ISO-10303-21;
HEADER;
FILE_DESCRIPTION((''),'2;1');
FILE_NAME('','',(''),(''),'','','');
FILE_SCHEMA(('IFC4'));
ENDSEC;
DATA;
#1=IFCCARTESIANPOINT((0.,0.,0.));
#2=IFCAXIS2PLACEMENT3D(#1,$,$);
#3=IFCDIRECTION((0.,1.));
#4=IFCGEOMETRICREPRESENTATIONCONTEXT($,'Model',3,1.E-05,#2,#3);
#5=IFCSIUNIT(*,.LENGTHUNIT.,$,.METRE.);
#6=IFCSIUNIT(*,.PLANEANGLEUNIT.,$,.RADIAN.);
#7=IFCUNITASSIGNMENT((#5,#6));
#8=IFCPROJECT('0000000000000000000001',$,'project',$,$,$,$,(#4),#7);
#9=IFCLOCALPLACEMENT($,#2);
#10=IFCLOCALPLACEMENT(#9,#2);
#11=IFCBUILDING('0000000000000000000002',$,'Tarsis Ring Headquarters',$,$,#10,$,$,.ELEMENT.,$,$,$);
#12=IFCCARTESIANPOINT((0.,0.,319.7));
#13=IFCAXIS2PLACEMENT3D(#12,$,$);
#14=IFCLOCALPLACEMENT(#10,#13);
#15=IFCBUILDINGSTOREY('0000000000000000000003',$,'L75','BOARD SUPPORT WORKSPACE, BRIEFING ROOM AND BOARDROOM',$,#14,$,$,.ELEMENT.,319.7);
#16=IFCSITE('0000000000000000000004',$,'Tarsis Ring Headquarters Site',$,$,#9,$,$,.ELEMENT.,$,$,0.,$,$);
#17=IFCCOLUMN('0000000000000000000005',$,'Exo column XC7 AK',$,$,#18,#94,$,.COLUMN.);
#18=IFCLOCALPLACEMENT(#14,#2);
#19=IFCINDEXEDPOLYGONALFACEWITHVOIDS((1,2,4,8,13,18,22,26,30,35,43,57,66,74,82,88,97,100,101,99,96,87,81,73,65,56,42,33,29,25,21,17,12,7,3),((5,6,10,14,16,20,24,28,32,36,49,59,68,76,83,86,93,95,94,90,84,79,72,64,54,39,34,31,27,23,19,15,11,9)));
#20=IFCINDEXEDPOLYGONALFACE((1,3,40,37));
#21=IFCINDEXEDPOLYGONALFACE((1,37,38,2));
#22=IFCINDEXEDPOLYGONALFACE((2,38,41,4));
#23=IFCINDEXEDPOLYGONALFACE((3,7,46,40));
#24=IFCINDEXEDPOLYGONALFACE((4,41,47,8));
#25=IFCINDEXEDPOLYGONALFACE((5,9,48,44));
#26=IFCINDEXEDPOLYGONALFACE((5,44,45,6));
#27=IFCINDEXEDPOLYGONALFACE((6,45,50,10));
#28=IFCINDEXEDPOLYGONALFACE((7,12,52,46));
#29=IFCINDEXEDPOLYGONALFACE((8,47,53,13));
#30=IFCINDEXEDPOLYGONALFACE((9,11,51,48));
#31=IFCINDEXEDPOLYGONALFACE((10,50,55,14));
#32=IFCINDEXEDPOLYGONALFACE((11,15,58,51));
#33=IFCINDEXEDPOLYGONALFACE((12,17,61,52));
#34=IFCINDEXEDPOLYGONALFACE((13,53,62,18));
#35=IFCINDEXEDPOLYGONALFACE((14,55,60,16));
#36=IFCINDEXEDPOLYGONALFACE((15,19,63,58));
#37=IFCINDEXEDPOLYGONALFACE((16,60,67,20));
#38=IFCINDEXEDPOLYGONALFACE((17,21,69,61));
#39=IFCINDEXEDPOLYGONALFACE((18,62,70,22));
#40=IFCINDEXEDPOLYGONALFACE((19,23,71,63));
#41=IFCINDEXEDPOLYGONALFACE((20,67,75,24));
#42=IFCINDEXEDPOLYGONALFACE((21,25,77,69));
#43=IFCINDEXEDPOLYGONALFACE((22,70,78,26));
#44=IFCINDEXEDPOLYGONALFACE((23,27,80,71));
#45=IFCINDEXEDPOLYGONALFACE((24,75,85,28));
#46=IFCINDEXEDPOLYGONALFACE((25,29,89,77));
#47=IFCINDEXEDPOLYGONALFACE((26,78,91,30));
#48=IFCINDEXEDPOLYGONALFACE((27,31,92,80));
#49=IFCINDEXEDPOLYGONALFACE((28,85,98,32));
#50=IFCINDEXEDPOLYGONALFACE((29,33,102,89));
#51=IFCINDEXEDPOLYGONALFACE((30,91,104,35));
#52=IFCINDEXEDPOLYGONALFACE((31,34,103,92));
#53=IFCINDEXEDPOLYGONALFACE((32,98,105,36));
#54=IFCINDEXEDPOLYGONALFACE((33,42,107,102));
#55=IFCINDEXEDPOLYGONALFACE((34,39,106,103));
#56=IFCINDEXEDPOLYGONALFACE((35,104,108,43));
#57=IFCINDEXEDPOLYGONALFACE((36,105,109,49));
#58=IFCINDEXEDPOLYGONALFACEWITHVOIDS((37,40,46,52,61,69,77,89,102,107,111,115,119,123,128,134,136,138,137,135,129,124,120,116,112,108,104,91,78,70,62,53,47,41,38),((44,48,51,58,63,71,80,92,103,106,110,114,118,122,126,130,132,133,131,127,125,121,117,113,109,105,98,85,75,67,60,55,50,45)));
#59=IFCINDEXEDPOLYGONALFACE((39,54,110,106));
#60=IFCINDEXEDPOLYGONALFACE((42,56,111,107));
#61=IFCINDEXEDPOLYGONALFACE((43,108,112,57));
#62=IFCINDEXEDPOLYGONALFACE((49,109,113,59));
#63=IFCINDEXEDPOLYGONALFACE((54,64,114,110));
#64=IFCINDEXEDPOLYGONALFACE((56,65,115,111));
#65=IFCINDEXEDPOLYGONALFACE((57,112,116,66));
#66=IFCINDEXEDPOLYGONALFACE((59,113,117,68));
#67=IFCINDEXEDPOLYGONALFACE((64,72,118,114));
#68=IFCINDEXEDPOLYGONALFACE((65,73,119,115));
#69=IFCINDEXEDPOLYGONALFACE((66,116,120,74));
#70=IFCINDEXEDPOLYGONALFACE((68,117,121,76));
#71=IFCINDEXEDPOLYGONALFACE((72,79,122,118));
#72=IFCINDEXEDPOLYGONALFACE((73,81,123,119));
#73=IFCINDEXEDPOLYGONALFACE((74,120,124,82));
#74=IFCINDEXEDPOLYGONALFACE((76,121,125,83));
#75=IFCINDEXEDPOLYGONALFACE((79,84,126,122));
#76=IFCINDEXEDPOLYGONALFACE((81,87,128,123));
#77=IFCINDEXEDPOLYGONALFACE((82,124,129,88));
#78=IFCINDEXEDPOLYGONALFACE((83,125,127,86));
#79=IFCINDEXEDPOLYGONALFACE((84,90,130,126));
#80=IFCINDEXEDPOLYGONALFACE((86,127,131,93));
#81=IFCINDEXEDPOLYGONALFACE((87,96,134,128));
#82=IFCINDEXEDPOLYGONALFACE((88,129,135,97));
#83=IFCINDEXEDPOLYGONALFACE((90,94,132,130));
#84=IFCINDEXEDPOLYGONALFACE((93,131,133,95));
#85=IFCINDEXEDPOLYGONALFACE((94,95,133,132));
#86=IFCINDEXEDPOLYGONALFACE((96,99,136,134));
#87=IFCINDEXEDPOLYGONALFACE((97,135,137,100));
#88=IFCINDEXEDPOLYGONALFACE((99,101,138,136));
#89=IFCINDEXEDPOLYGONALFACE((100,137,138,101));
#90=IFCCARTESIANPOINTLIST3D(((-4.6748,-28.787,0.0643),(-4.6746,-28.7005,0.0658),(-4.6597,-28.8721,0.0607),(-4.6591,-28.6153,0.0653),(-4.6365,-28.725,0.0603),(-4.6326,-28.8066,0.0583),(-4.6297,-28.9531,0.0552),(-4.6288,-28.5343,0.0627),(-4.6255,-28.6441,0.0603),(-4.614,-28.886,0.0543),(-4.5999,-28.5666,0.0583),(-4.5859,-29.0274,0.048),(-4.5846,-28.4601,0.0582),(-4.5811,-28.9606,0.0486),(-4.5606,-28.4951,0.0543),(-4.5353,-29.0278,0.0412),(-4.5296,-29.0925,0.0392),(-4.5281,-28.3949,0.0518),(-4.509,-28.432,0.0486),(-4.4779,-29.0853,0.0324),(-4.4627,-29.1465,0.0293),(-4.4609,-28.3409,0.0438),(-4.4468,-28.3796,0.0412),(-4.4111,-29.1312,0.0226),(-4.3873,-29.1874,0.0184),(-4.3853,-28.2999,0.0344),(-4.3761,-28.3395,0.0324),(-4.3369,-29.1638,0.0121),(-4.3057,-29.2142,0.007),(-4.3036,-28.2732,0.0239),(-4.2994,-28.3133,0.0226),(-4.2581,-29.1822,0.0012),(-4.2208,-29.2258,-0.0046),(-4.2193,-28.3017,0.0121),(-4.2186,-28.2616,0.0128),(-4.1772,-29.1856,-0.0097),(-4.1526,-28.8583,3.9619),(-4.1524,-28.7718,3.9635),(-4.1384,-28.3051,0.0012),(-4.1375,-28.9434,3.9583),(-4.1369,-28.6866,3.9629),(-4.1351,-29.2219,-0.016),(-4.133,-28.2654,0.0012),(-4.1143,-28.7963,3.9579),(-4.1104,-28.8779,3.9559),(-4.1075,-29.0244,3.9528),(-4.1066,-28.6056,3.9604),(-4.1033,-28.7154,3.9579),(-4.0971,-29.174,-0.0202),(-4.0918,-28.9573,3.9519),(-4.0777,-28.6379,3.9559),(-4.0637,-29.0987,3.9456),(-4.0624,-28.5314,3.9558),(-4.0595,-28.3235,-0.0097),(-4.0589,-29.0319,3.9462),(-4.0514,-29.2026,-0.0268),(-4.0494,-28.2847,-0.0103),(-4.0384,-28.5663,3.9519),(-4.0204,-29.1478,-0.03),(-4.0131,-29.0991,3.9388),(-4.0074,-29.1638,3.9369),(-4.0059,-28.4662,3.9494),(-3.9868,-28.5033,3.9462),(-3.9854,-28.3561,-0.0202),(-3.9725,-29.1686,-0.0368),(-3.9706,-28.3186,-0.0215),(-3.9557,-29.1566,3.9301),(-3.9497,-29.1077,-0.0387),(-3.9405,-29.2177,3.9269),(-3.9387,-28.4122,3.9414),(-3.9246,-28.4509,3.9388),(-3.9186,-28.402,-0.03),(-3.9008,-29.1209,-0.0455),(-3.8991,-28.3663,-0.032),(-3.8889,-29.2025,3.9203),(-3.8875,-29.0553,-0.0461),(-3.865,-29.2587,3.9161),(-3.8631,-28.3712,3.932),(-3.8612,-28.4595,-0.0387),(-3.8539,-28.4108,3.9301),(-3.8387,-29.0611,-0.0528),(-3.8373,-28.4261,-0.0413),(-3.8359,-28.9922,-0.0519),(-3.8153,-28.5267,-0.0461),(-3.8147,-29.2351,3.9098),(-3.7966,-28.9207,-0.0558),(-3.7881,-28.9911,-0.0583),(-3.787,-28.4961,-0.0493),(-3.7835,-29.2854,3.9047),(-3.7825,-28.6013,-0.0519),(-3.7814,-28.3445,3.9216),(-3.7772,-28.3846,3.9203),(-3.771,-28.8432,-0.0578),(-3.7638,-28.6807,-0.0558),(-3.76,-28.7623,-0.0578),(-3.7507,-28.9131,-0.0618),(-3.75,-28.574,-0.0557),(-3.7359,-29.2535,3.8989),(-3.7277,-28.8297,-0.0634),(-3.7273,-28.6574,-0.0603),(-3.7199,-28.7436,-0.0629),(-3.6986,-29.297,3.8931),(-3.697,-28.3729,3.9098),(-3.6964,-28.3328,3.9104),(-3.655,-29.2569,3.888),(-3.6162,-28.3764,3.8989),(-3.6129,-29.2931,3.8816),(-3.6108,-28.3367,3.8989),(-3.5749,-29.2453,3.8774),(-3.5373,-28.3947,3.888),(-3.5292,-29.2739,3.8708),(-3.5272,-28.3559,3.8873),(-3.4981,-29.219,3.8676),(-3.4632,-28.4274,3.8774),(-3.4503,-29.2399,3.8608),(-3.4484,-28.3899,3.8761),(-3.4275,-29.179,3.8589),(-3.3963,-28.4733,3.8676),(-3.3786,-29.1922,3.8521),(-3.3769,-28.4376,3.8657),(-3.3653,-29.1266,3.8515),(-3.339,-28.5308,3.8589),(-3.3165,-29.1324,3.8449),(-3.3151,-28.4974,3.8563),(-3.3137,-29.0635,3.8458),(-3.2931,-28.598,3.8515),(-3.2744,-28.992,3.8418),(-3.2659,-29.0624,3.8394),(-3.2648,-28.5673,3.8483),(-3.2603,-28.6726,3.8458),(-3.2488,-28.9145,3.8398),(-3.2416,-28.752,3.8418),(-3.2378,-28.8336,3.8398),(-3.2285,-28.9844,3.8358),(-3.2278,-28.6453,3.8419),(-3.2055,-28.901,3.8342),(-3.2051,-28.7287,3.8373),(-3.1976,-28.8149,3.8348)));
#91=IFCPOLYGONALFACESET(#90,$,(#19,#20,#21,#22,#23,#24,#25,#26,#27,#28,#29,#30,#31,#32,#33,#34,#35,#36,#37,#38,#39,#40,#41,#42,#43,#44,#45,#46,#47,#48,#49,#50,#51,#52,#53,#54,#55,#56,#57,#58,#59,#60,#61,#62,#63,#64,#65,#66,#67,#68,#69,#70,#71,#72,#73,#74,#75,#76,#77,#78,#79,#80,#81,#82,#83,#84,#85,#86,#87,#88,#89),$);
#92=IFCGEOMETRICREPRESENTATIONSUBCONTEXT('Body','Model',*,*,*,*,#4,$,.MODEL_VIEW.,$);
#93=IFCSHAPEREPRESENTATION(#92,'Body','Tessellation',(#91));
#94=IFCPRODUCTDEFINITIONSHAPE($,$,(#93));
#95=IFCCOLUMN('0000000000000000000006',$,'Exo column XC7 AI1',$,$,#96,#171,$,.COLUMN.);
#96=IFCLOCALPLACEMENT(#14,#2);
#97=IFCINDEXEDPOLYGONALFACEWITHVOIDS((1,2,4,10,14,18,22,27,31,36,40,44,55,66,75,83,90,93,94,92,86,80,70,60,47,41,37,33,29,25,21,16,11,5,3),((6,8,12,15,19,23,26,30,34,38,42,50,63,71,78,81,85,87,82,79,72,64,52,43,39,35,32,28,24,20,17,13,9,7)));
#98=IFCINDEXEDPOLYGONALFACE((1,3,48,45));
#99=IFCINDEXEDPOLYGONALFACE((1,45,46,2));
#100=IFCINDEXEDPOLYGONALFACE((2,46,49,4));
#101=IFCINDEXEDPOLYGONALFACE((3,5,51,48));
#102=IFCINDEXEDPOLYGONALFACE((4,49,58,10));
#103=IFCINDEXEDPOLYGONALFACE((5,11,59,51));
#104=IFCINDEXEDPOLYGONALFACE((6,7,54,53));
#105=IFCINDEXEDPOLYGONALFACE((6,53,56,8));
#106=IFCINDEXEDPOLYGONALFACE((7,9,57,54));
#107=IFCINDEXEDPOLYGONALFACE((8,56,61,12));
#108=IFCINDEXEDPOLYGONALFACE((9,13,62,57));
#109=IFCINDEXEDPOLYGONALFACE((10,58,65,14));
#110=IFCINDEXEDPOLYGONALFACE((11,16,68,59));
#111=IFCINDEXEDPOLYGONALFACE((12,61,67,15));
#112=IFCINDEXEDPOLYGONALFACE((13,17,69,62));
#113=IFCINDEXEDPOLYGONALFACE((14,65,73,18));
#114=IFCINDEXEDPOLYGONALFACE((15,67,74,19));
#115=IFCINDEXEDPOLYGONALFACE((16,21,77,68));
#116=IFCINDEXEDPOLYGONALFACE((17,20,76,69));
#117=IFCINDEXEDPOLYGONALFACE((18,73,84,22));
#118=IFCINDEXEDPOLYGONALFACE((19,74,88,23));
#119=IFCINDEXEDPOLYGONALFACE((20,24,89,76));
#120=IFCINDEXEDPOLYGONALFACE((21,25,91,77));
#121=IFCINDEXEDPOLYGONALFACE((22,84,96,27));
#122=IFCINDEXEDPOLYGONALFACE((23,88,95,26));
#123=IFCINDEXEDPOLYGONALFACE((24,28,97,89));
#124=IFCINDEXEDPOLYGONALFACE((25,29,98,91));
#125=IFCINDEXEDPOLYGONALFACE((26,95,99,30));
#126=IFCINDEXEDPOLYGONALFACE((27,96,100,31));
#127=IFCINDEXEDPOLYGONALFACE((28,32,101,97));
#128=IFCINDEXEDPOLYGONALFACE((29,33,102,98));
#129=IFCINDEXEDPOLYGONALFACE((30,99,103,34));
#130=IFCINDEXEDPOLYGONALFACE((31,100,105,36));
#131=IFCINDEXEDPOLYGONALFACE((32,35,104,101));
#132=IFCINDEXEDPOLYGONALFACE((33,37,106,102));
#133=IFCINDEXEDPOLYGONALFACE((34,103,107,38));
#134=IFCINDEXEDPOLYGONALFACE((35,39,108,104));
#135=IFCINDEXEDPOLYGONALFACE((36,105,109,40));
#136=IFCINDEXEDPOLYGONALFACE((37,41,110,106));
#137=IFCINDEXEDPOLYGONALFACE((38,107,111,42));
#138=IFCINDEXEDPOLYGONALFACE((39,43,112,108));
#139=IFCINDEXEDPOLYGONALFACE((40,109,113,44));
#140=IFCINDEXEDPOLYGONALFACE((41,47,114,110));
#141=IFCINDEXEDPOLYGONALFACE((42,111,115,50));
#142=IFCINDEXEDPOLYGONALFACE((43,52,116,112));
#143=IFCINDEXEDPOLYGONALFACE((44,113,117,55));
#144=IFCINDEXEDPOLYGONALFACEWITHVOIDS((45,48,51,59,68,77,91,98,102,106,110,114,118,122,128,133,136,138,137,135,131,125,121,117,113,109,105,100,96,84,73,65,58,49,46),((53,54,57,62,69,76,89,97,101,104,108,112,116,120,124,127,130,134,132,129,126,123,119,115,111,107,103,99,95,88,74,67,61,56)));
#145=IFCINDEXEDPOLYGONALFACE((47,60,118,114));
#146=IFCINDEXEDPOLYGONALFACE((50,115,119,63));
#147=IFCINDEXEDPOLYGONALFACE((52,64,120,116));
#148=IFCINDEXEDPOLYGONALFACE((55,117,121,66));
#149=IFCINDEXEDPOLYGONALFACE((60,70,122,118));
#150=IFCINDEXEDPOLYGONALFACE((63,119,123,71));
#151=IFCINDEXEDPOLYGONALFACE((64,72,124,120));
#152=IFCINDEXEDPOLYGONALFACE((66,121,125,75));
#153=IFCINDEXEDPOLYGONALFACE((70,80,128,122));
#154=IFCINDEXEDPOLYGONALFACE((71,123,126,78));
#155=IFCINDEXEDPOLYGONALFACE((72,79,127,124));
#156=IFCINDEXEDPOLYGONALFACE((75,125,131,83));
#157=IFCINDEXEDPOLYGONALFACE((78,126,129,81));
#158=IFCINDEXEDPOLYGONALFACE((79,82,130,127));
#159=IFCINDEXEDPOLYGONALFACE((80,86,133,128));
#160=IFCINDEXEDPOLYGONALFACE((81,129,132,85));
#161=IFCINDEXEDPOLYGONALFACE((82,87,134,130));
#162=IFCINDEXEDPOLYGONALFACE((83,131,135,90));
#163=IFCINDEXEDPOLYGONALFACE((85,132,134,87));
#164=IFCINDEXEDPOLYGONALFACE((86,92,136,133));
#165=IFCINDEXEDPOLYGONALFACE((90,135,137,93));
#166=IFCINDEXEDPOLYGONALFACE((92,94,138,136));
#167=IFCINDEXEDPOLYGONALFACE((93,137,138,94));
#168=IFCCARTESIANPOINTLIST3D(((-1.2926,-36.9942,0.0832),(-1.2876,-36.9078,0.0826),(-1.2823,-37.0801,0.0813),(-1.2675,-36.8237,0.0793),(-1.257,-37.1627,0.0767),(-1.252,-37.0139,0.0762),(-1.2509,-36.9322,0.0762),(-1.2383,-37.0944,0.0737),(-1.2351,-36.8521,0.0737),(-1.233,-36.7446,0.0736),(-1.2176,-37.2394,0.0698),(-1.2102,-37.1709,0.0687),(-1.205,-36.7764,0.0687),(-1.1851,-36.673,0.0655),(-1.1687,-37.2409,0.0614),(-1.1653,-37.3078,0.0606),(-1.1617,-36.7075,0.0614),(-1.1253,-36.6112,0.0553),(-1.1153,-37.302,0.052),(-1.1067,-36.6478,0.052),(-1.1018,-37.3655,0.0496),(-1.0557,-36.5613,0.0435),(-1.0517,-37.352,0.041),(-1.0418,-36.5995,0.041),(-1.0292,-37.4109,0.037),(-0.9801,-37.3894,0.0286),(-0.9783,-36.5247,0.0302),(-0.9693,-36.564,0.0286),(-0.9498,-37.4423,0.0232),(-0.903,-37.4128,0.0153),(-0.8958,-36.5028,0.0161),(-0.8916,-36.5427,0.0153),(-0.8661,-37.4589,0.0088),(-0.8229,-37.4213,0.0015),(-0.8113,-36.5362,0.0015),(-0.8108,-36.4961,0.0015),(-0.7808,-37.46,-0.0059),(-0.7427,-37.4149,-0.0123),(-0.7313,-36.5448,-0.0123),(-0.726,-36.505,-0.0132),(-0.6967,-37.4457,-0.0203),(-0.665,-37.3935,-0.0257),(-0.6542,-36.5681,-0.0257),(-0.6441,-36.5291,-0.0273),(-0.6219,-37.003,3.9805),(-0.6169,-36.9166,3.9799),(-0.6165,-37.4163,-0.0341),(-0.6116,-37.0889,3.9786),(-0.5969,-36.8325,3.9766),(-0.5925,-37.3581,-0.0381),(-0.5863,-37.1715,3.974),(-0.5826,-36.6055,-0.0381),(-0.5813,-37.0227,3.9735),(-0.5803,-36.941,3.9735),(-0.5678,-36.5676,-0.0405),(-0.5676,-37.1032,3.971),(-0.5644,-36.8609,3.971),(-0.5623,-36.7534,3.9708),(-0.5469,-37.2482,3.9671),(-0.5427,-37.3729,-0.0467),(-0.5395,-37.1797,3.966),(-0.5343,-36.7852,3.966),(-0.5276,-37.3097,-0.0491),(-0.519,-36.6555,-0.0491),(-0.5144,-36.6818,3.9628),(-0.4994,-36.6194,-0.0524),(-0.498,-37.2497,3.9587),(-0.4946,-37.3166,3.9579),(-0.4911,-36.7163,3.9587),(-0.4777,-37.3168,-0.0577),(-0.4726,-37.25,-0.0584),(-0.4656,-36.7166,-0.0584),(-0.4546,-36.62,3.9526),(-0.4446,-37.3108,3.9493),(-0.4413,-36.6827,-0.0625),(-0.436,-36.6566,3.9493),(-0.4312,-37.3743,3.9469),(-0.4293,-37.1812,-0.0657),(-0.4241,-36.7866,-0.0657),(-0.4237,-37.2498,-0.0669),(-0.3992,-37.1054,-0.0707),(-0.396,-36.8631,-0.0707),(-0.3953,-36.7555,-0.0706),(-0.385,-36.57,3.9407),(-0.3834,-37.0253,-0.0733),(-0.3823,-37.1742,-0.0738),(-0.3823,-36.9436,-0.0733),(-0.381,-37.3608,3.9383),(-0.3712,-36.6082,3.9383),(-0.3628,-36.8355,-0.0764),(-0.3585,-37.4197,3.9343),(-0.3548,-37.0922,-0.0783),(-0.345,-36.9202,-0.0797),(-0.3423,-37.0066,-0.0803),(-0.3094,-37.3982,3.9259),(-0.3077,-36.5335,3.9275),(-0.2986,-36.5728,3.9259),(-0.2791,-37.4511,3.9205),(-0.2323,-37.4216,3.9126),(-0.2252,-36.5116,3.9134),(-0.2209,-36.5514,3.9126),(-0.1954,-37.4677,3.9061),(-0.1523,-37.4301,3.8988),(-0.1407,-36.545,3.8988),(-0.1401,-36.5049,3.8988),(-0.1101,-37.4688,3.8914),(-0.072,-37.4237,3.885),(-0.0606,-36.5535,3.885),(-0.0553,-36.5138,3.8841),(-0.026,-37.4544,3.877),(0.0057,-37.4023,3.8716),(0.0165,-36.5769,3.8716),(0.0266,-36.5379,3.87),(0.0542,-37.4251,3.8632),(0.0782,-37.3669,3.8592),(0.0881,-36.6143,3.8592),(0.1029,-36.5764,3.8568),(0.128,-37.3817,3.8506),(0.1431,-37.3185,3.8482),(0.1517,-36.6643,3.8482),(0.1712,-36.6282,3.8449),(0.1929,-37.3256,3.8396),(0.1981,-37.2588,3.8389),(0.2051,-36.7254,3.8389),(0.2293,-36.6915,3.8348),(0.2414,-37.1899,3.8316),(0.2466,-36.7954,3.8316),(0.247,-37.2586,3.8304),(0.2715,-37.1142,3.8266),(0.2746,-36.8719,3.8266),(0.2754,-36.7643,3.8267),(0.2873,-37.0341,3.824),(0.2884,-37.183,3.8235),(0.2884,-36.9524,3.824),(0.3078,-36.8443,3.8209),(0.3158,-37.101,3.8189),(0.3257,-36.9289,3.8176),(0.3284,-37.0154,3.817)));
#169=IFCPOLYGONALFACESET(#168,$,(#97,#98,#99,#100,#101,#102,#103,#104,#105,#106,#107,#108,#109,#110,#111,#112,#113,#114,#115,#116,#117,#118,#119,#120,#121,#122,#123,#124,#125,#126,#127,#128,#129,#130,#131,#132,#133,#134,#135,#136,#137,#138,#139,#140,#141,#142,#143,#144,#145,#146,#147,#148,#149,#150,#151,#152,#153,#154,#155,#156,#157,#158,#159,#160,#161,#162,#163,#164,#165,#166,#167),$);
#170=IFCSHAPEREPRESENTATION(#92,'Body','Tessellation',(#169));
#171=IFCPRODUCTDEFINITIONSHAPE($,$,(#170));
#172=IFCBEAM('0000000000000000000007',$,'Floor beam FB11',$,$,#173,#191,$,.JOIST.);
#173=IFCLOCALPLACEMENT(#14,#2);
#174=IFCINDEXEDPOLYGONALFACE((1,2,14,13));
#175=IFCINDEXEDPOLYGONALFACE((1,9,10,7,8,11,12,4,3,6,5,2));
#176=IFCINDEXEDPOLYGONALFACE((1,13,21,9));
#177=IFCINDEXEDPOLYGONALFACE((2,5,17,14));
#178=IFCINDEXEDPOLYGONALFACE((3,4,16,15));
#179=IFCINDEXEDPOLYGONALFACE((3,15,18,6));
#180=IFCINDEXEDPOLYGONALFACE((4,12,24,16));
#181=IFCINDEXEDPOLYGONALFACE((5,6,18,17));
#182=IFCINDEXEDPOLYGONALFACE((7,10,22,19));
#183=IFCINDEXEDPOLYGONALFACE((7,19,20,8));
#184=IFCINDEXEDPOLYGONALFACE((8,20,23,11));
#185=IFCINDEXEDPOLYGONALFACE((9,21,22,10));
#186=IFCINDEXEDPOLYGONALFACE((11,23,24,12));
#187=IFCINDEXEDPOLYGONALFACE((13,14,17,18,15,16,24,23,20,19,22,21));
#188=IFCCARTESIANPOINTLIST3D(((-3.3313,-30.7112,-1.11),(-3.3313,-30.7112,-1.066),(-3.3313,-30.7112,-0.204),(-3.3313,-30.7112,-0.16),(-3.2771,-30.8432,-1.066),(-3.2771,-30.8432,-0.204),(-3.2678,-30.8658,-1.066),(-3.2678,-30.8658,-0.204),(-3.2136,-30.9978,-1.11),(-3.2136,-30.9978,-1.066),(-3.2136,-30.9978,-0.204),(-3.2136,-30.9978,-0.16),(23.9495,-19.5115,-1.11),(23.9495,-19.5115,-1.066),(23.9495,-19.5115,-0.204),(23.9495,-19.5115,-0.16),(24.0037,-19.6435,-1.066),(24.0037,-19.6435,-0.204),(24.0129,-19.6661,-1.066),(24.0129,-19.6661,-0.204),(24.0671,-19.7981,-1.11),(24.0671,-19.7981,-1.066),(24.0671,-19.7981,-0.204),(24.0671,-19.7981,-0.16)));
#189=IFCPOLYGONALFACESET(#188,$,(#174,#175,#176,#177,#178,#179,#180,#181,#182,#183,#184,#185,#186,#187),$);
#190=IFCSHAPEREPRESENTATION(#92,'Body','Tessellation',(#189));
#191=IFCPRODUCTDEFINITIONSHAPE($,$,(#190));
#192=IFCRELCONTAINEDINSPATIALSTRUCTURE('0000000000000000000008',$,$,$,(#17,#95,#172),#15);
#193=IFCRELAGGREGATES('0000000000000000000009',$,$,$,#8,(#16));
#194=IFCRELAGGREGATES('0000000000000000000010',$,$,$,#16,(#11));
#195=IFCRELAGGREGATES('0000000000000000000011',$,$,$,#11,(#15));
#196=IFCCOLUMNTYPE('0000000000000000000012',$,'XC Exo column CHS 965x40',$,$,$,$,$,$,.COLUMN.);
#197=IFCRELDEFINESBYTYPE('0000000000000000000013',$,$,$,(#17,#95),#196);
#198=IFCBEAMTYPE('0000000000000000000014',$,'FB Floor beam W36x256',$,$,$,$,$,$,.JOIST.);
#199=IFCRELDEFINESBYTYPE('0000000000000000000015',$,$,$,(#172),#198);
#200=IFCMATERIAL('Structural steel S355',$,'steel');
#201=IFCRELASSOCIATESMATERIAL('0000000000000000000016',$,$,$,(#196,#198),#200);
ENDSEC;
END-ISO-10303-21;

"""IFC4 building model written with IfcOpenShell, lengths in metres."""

from ifc_helpers import new_model, si_unit, direction, frame, origin, origin_2d, place, context, subcontext, project, spatial, hollow_circle, i_section, extrude, material, material_profile, profile_set, type_object, element, save


model = new_model("IFC4")

# Units and contexts
model_context = context("Model", 3, precision=1e-05, world=origin(), true_north=direction((0.0, 1.0)))
body_context = subcontext(model_context, "Body", "Model", "MODEL_VIEW")
ifc_project = project(units=[si_unit("LENGTHUNIT", "METRE"), si_unit("PLANEANGLEUNIT", "RADIAN")], contexts=[model_context])

# Site, building, storey
site_placement = place(None, origin())
site = spatial("IfcSite", under=ifc_project, at=site_placement, Name="Tarsis Ring Headquarters Site", CompositionType="ELEMENT", RefElevation=0.0)
building_placement = place(site_placement, origin())
building = spatial("IfcBuilding", under=site, at=building_placement, Name="Tarsis Ring Headquarters", CompositionType="ELEMENT")
storey_placement = place(building_placement, frame((0.0, 0.0, 319.7)))
storey = spatial("IfcBuildingStorey", under=building, at=storey_placement, Name="L75", Description="BOARD SUPPORT WORKSPACE, BRIEFING ROOM AND BOARDROOM", CompositionType="ELEMENT", Elevation=319.7)

# Columns
ifc_material_1 = material(Name="Structural steel S355", Category="steel")
ifc_material_profile_1 = material_profile(ifc_material_1, hollow_circle(Radius=0.4827, WallThickness=0.04, at=origin_2d()), Name="CHS 965x40")
ifc_profile_set_1 = profile_set([ifc_material_profile_1], Name="Structural steel S355")
column_type = type_object("IfcColumnType", Name="XC Exo column CHS 965x40", PredefinedType="COLUMN", material=ifc_profile_set_1)
column_1_placement = place(storey_placement, frame((-4.1982, -28.7437, 0.0012), z_axis=(0.132772, -0.018125, 0.990981), x_axis=(0.135258, 0.99081, 0.0)))
element("IfcColumn", 1, at=column_1_placement, inside=storey, type_object=column_type, Name="Exo column XC7 AK", PredefinedType="COLUMN", context=body_context, shape_type="SweptSolid", body=[
    extrude(hollow_circle(Radius=0.4827, WallThickness=0.04, at=origin_2d()), origin(), (0.0, 0.0, 1.0), 3.9331),
])
column_2_placement = place(storey_placement, frame((-0.8171, -36.9788, 0.0015), z_axis=(0.169592, -0.002223, 0.985512), x_axis=(0.013104, 0.999914, 0.0)))
element("IfcColumn", 2, at=column_2_placement, inside=storey, type_object=column_type, Name="Exo column XC7 AI1", PredefinedType="COLUMN", context=body_context, shape_type="SweptSolid", body=[
    extrude(hollow_circle(Radius=0.4827, WallThickness=0.04, at=origin_2d()), origin(), (0.0, 0.0, 1.0), 3.9546),
])

# Beam
ifc_material_profile_2 = material_profile(ifc_material_1, i_section(OverallWidth=0.3098, OverallDepth=0.95, WebThickness=0.0244, FlangeThickness=0.0439, at=origin_2d()), Name="W36x256")
ifc_profile_set_2 = profile_set([ifc_material_profile_2], Name="Structural steel S355")
beam_type_1 = type_object("IfcBeamType", Name="FB Floor beam W36x256", PredefinedType="JOIST", material=ifc_profile_set_2)
for number, where, z_axis, x_axis, name in (
    (3, (-3.2725, -30.8545, -0.635), (0.925078, 0.379777, 0.0), (-0.379777, 0.925078, 0.0), "Floor beam FB11"),
):
    element("IfcBeam", number, at=place(storey_placement, frame(where, z_axis=z_axis, x_axis=x_axis)), inside=storey, type_object=beam_type_1, Name=name, PredefinedType="JOIST", context=body_context, shape_type="SweptSolid", body=[
        extrude(i_section(OverallWidth=0.3098, OverallDepth=0.95, WebThickness=0.0244, FlangeThickness=0.0439, at=origin_2d()), origin(), (0.0, 0.0, 1.0), 29.4902),
    ])

save(model, "model.ifc")
